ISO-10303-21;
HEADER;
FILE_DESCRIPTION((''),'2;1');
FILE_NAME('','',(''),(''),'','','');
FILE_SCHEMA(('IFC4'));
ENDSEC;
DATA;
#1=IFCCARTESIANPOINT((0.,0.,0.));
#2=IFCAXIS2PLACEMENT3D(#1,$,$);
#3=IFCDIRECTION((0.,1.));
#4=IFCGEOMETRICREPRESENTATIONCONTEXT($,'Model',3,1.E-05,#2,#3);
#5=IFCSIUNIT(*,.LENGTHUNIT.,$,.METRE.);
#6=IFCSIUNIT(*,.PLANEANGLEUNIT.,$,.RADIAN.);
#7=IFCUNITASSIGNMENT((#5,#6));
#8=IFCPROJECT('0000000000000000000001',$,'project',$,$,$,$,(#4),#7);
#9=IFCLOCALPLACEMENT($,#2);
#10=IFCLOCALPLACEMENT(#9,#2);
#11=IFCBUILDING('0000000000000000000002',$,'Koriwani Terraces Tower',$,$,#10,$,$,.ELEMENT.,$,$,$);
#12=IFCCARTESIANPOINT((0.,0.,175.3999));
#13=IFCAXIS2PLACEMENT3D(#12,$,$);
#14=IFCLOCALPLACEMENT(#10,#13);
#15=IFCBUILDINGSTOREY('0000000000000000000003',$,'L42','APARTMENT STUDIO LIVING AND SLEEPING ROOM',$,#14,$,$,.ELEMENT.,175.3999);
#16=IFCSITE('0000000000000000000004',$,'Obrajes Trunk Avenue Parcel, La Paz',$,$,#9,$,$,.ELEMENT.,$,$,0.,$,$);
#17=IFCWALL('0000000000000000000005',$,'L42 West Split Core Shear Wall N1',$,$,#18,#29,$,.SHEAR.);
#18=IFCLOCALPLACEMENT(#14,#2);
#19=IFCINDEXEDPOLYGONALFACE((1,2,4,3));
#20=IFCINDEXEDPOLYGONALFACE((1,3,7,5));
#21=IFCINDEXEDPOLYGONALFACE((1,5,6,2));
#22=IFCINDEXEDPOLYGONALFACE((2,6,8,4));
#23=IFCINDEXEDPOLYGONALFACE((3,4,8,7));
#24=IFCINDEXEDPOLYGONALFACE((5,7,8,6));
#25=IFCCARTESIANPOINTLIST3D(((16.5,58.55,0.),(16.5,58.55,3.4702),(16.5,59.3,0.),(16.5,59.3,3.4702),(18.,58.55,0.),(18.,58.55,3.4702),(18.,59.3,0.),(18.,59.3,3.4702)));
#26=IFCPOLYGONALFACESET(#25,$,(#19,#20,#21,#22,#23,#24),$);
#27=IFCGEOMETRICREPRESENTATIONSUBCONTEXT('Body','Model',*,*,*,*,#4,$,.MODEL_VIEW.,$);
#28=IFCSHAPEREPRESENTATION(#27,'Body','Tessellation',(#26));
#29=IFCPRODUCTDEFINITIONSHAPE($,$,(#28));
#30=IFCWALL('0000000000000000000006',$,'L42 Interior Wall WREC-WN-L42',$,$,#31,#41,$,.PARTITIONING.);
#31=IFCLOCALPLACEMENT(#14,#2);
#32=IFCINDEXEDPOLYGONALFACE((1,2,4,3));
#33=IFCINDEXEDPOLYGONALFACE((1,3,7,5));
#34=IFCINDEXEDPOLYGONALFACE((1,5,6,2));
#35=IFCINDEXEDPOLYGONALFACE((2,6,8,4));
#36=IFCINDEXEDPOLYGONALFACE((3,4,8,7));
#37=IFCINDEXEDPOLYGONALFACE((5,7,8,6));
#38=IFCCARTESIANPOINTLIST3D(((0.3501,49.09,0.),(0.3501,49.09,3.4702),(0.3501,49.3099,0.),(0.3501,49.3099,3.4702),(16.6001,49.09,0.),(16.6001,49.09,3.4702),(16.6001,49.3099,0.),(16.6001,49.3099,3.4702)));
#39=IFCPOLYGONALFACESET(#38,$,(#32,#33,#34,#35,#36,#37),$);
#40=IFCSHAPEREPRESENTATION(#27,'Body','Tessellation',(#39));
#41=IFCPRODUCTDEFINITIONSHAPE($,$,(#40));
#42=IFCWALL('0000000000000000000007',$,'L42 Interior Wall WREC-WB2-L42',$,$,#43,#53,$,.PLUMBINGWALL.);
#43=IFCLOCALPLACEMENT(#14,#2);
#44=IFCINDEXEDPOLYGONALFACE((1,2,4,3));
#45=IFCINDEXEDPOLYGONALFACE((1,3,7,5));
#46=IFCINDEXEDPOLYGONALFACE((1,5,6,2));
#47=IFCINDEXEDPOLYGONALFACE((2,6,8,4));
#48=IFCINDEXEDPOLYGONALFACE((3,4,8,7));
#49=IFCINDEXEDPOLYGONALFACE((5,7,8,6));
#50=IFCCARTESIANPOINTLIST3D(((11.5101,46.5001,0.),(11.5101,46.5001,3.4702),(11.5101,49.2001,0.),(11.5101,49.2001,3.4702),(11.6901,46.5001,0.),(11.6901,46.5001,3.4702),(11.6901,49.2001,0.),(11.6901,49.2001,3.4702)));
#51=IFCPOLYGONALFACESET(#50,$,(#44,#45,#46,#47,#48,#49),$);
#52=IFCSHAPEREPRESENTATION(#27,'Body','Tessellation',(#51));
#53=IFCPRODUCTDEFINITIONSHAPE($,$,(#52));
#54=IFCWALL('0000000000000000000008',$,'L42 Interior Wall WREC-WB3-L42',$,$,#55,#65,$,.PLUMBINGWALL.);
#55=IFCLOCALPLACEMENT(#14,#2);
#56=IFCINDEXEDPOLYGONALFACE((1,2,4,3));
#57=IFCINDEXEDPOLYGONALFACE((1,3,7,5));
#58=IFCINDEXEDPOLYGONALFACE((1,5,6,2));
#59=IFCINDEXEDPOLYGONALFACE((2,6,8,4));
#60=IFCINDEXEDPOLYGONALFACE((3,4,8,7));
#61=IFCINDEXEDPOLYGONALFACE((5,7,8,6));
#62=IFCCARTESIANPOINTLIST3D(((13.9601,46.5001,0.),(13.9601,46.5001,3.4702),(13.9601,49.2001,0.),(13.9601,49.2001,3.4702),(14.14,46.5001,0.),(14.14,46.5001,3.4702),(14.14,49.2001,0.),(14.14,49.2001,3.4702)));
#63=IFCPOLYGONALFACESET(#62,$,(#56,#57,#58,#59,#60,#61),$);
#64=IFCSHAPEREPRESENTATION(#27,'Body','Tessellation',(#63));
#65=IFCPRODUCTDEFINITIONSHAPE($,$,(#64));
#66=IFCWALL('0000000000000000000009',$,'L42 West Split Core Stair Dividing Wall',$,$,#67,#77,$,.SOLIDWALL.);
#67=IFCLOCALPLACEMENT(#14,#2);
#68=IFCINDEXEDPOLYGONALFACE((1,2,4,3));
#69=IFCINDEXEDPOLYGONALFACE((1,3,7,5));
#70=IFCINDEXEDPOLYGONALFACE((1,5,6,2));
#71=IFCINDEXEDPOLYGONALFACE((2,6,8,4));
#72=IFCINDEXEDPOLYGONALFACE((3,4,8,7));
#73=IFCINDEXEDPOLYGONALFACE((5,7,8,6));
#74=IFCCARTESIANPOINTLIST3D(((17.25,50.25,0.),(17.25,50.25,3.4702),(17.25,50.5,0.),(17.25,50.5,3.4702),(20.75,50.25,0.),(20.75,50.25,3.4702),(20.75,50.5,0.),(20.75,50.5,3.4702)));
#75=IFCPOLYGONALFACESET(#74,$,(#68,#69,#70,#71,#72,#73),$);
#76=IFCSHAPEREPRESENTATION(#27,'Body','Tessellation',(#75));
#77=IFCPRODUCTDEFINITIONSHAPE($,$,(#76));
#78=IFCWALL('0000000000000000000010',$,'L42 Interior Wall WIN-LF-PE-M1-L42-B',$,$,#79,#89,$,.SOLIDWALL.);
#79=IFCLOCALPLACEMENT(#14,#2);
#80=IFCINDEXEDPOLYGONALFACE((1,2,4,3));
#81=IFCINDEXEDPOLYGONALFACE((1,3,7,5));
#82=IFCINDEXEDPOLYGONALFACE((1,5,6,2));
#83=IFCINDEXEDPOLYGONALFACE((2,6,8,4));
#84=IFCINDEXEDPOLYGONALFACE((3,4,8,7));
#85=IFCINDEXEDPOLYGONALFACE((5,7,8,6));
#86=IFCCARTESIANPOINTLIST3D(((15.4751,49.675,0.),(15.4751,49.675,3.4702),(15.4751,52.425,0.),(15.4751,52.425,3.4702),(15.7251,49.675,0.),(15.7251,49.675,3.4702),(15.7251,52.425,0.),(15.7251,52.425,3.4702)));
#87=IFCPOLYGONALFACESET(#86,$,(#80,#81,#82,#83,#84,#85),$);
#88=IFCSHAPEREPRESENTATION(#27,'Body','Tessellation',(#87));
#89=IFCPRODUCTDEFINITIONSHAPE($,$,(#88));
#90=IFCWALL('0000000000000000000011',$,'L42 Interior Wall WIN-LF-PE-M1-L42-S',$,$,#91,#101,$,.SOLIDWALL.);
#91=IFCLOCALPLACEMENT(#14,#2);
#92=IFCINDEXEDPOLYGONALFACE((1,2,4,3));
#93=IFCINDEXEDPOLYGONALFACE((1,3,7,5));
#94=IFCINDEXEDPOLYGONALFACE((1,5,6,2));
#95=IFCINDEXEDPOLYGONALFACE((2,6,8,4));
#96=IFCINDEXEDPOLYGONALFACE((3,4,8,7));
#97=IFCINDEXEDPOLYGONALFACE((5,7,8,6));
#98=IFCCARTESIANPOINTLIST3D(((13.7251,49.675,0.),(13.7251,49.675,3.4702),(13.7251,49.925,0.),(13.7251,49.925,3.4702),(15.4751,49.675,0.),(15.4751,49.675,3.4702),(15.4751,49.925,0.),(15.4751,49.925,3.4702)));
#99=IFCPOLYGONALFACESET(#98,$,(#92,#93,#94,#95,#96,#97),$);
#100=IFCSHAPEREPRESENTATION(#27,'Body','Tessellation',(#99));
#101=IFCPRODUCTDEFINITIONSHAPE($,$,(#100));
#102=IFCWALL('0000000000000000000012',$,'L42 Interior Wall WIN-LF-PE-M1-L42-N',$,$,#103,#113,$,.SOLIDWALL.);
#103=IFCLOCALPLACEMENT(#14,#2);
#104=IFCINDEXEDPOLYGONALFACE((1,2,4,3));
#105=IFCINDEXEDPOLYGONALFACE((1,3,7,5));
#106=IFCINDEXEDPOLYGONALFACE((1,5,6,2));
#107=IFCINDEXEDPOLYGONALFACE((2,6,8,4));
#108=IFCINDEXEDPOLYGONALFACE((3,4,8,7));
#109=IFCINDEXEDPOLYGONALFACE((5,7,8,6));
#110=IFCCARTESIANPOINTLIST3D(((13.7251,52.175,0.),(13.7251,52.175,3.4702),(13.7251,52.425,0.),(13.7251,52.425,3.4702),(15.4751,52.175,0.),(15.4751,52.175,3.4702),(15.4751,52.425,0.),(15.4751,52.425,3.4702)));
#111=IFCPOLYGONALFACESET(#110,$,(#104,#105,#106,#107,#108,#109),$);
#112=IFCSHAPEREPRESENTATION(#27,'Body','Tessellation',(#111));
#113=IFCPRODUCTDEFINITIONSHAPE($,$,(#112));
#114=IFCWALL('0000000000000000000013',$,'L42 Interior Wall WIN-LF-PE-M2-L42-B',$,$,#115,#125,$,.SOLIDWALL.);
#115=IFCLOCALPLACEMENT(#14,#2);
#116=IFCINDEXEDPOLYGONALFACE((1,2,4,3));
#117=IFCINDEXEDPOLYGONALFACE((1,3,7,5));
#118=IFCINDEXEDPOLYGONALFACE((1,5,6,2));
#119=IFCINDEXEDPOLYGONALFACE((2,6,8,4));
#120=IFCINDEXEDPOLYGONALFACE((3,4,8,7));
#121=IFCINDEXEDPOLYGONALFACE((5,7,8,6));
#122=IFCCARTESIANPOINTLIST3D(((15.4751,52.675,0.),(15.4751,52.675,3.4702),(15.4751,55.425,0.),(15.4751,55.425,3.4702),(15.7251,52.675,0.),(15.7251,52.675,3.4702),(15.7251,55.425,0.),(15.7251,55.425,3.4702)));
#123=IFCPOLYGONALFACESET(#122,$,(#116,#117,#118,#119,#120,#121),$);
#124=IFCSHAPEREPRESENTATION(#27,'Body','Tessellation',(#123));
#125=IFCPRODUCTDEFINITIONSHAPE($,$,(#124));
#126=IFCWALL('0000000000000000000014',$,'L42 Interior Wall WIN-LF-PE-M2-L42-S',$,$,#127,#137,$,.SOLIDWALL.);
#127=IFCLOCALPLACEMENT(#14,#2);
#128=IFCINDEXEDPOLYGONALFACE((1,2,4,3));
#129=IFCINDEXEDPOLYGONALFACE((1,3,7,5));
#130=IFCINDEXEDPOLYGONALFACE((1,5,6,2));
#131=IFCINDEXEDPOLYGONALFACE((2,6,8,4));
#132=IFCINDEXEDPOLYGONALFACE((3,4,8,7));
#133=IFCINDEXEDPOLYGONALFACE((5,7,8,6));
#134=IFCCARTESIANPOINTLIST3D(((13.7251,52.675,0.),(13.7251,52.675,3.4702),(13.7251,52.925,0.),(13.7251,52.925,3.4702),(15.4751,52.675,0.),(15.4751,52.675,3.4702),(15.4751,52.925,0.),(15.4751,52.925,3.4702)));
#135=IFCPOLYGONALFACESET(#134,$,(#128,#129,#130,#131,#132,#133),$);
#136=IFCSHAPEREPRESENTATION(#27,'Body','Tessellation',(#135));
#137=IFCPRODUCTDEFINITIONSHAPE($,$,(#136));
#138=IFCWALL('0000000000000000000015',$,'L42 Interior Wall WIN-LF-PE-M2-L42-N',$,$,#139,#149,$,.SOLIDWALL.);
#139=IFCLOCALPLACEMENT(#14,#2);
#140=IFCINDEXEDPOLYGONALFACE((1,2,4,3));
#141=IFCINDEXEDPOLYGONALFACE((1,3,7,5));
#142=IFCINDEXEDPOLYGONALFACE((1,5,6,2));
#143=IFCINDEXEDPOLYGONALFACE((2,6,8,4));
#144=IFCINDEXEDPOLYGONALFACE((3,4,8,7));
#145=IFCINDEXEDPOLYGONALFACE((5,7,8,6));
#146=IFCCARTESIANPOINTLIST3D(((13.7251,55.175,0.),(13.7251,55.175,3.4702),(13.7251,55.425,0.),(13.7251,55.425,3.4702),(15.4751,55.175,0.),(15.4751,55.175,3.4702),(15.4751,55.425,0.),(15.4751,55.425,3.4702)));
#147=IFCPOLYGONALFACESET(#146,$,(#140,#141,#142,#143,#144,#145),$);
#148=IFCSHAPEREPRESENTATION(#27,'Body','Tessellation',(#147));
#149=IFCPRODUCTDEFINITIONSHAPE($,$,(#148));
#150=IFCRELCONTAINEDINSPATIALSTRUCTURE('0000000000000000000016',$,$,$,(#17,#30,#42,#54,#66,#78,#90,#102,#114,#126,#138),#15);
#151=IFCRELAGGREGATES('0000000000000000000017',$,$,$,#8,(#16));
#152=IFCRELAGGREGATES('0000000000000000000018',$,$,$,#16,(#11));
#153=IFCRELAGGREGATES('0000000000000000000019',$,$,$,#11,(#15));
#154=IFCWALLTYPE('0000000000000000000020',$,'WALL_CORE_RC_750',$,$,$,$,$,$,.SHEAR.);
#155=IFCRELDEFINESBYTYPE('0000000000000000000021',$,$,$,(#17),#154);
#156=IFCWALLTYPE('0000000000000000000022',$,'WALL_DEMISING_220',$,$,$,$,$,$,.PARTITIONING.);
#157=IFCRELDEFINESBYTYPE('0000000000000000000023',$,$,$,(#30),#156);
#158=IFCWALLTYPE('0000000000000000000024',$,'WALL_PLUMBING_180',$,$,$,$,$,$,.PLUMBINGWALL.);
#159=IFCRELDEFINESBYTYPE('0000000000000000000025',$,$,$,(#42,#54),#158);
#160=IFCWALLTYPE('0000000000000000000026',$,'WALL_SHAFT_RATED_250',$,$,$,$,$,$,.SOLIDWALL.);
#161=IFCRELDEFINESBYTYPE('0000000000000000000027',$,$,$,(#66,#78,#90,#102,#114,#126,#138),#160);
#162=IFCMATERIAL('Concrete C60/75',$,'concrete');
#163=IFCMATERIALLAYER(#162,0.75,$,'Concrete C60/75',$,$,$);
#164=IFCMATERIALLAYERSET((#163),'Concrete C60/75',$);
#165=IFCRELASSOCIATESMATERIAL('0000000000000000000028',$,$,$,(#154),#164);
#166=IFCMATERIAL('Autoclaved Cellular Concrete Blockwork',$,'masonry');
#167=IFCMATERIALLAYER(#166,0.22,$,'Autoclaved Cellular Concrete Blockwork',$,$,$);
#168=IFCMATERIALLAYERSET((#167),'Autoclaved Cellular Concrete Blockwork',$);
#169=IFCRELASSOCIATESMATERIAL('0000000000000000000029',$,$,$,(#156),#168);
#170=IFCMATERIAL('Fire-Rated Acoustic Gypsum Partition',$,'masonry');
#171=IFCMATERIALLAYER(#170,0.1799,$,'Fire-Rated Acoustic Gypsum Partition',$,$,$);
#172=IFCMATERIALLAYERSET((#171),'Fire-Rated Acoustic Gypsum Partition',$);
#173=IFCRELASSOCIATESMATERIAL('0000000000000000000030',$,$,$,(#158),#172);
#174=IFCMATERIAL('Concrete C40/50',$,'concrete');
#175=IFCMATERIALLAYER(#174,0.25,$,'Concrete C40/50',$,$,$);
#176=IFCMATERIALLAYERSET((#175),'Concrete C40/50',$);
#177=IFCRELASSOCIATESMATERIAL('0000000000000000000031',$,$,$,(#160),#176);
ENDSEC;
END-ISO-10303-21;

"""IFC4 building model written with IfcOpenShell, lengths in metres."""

from ifc_helpers import new_model, si_unit, direction, frame, frame_2d, origin, place, context, subcontext, project, spatial, rectangle, extrude, material, layer, layer_set, type_object, element, save


model = new_model("IFC4")

# Units and contexts
model_context = context("Model", 3, precision=1e-05, world=origin(), true_north=direction((0.0, 1.0)))
body_context = subcontext(model_context, "Body", "Model", "MODEL_VIEW")
ifc_project = project(units=[si_unit("LENGTHUNIT", "METRE"), si_unit("PLANEANGLEUNIT", "RADIAN")], contexts=[model_context])

# Site, building, storey
site_placement = place(None, origin())
site = spatial("IfcSite", under=ifc_project, at=site_placement, Name="Obrajes Trunk Avenue Parcel, La Paz", CompositionType="ELEMENT", RefElevation=0.0)
building_placement = place(site_placement, origin())
building = spatial("IfcBuilding", under=site, at=building_placement, Name="Koriwani Terraces Tower", CompositionType="ELEMENT")
storey_placement = place(building_placement, frame((0.0, 0.0, 175.3999)))
storey = spatial("IfcBuildingStorey", under=building, at=storey_placement, Name="L42", Description="APARTMENT STUDIO LIVING AND SLEEPING ROOM", CompositionType="ELEMENT", Elevation=175.3999)

# Shared definitions
ifc_material_1 = material(Name="Concrete C40/50", Category="concrete")

# Walls
ifc_material_2 = material(Name="Concrete C60/75", Category="concrete")
ifc_layer_1 = layer(ifc_material_2, 0.75, Name="Concrete C60/75")
ifc_layer_set_1 = layer_set([ifc_layer_1], Name="Concrete C60/75")
wall_type_1 = type_object("IfcWallType", Name="WALL_CORE_RC_750", PredefinedType="SHEAR", material=ifc_layer_set_1)
wall_1_placement = place(storey_placement, frame((16.5, 58.925, 0.0), z_axis=(0.0, 0.0, 1.0), x_axis=(1.0, 0.0, 0.0)))
element("IfcWall", 1, at=wall_1_placement, inside=storey, type_object=wall_type_1, Name="L42 West Split Core Shear Wall N1", PredefinedType="SHEAR", context=body_context, shape_type="SweptSolid", body=[
    extrude(rectangle(XDim=1.5, YDim=0.75, at=frame_2d((0.75, 0.0))), origin(), (0.0, 0.0, 1.0), 3.4702),
])
ifc_material_3 = material(Name="Autoclaved Cellular Concrete Blockwork", Category="masonry")
ifc_layer_2 = layer(ifc_material_3, 0.22, Name="Autoclaved Cellular Concrete Blockwork")
ifc_layer_set_2 = layer_set([ifc_layer_2], Name="Autoclaved Cellular Concrete Blockwork")
wall_type_2 = type_object("IfcWallType", Name="WALL_DEMISING_220", PredefinedType="PARTITIONING", material=ifc_layer_set_2)
wall_2_placement = place(storey_placement, frame((0.3501, 49.2, 0.0), z_axis=(0.0, 0.0, 1.0), x_axis=(1.0, 0.0, 0.0)))
element("IfcWall", 2, at=wall_2_placement, inside=storey, type_object=wall_type_2, Name="L42 Interior Wall WREC-WN-L42", PredefinedType="PARTITIONING", context=body_context, shape_type="SweptSolid", body=[
    extrude(rectangle(XDim=16.25, YDim=0.22, at=frame_2d((8.125, 0.0))), origin(), (0.0, 0.0, 1.0), 3.4702),
])
ifc_material_4 = material(Name="Fire-Rated Acoustic Gypsum Partition", Category="masonry")
ifc_layer_3 = layer(ifc_material_4, 0.1799, Name="Fire-Rated Acoustic Gypsum Partition")
ifc_layer_set_3 = layer_set([ifc_layer_3], Name="Fire-Rated Acoustic Gypsum Partition")
wall_type_3 = type_object("IfcWallType", Name="WALL_PLUMBING_180", PredefinedType="PLUMBINGWALL", material=ifc_layer_set_3)
for number, where, z_axis, x_axis, name in (
    (3, (11.6001, 46.5, 0.0), (0.0, 0.0, 1.0), (0.0, 1.0, 0.0), "L42 Interior Wall WREC-WB2-L42"),
    (4, (14.05, 46.5, 0.0), (0.0, 0.0, 1.0), (0.0, 1.0, 0.0), "L42 Interior Wall WREC-WB3-L42"),
):
    element("IfcWall", number, at=place(storey_placement, frame(where, z_axis=z_axis, x_axis=x_axis)), inside=storey, type_object=wall_type_3, Name=name, PredefinedType="PLUMBINGWALL", context=body_context, shape_type="SweptSolid", body=[
        extrude(rectangle(XDim=2.7, YDim=0.1799, at=frame_2d((1.3501, 0.0))), origin(), (0.0, 0.0, 1.0), 3.4702),
    ])
ifc_layer_4 = layer(ifc_material_1, 0.25, Name="Concrete C40/50")
ifc_layer_set_4 = layer_set([ifc_layer_4], Name="Concrete C40/50")
wall_type_4 = type_object("IfcWallType", Name="WALL_SHAFT_RATED_250", PredefinedType="SOLIDWALL", material=ifc_layer_set_4)
wall_3_placement = place(storey_placement, frame((17.25, 50.375, 0.0), z_axis=(0.0, 0.0, 1.0), x_axis=(1.0, 0.0, 0.0)))
element("IfcWall", 5, at=wall_3_placement, inside=storey, type_object=wall_type_4, Name="L42 West Split Core Stair Dividing Wall", PredefinedType="SOLIDWALL", context=body_context, shape_type="SweptSolid", body=[
    extrude(rectangle(XDim=3.5, YDim=0.25, at=frame_2d((1.75, 0.0))), origin(), (0.0, 0.0, 1.0), 3.4702),
])

# Walls
wall_4_placement = place(storey_placement, frame((15.6001, 49.675, 0.0), z_axis=(0.0, 0.0, 1.0), x_axis=(0.0, 1.0, 0.0)))
element("IfcWall", 6, at=wall_4_placement, inside=storey, type_object=wall_type_4, Name="L42 Interior Wall WIN-LF-PE-M1-L42-B", PredefinedType="SOLIDWALL", context=body_context, shape_type="SweptSolid", body=[
    extrude(rectangle(XDim=2.75, YDim=0.25, at=frame_2d((1.375, 0.0))), origin(), (0.0, 0.0, 1.0), 3.4702),
])
for number, where, z_axis, x_axis, name in (
    (7, (13.7251, 49.8, 0.0), (0.0, 0.0, 1.0), (1.0, 0.0, 0.0), "L42 Interior Wall WIN-LF-PE-M1-L42-S"),
    (8, (13.7251, 52.3, 0.0), (0.0, 0.0, 1.0), (1.0, 0.0, 0.0), "L42 Interior Wall WIN-LF-PE-M1-L42-N"),
):
    element("IfcWall", number, at=place(storey_placement, frame(where, z_axis=z_axis, x_axis=x_axis)), inside=storey, type_object=wall_type_4, Name=name, PredefinedType="SOLIDWALL", context=body_context, shape_type="SweptSolid", body=[
        extrude(rectangle(XDim=1.75, YDim=0.25, at=frame_2d((0.875, 0.0))), origin(), (0.0, 0.0, 1.0), 3.4702),
    ])

# Walls
wall_5_placement = place(storey_placement, frame((15.6001, 52.675, 0.0), z_axis=(0.0, 0.0, 1.0), x_axis=(0.0, 1.0, 0.0)))
element("IfcWall", 9, at=wall_5_placement, inside=storey, type_object=wall_type_4, Name="L42 Interior Wall WIN-LF-PE-M2-L42-B", PredefinedType="SOLIDWALL", context=body_context, shape_type="SweptSolid", body=[
    extrude(rectangle(XDim=2.75, YDim=0.25, at=frame_2d((1.375, 0.0))), origin(), (0.0, 0.0, 1.0), 3.4702),
])
for number, where, z_axis, x_axis, name in (
    (10, (13.7251, 52.8, 0.0), (0.0, 0.0, 1.0), (1.0, 0.0, 0.0), "L42 Interior Wall WIN-LF-PE-M2-L42-S"),
    (11, (13.7251, 55.3, 0.0), (0.0, 0.0, 1.0), (1.0, 0.0, 0.0), "L42 Interior Wall WIN-LF-PE-M2-L42-N"),
):
    element("IfcWall", number, at=place(storey_placement, frame(where, z_axis=z_axis, x_axis=x_axis)), inside=storey, type_object=wall_type_4, Name=name, PredefinedType="SOLIDWALL", context=body_context, shape_type="SweptSolid", body=[
        extrude(rectangle(XDim=1.75, YDim=0.25, at=frame_2d((0.875, 0.0))), origin(), (0.0, 0.0, 1.0), 3.4702),
    ])

save(model, "model.ifc")
